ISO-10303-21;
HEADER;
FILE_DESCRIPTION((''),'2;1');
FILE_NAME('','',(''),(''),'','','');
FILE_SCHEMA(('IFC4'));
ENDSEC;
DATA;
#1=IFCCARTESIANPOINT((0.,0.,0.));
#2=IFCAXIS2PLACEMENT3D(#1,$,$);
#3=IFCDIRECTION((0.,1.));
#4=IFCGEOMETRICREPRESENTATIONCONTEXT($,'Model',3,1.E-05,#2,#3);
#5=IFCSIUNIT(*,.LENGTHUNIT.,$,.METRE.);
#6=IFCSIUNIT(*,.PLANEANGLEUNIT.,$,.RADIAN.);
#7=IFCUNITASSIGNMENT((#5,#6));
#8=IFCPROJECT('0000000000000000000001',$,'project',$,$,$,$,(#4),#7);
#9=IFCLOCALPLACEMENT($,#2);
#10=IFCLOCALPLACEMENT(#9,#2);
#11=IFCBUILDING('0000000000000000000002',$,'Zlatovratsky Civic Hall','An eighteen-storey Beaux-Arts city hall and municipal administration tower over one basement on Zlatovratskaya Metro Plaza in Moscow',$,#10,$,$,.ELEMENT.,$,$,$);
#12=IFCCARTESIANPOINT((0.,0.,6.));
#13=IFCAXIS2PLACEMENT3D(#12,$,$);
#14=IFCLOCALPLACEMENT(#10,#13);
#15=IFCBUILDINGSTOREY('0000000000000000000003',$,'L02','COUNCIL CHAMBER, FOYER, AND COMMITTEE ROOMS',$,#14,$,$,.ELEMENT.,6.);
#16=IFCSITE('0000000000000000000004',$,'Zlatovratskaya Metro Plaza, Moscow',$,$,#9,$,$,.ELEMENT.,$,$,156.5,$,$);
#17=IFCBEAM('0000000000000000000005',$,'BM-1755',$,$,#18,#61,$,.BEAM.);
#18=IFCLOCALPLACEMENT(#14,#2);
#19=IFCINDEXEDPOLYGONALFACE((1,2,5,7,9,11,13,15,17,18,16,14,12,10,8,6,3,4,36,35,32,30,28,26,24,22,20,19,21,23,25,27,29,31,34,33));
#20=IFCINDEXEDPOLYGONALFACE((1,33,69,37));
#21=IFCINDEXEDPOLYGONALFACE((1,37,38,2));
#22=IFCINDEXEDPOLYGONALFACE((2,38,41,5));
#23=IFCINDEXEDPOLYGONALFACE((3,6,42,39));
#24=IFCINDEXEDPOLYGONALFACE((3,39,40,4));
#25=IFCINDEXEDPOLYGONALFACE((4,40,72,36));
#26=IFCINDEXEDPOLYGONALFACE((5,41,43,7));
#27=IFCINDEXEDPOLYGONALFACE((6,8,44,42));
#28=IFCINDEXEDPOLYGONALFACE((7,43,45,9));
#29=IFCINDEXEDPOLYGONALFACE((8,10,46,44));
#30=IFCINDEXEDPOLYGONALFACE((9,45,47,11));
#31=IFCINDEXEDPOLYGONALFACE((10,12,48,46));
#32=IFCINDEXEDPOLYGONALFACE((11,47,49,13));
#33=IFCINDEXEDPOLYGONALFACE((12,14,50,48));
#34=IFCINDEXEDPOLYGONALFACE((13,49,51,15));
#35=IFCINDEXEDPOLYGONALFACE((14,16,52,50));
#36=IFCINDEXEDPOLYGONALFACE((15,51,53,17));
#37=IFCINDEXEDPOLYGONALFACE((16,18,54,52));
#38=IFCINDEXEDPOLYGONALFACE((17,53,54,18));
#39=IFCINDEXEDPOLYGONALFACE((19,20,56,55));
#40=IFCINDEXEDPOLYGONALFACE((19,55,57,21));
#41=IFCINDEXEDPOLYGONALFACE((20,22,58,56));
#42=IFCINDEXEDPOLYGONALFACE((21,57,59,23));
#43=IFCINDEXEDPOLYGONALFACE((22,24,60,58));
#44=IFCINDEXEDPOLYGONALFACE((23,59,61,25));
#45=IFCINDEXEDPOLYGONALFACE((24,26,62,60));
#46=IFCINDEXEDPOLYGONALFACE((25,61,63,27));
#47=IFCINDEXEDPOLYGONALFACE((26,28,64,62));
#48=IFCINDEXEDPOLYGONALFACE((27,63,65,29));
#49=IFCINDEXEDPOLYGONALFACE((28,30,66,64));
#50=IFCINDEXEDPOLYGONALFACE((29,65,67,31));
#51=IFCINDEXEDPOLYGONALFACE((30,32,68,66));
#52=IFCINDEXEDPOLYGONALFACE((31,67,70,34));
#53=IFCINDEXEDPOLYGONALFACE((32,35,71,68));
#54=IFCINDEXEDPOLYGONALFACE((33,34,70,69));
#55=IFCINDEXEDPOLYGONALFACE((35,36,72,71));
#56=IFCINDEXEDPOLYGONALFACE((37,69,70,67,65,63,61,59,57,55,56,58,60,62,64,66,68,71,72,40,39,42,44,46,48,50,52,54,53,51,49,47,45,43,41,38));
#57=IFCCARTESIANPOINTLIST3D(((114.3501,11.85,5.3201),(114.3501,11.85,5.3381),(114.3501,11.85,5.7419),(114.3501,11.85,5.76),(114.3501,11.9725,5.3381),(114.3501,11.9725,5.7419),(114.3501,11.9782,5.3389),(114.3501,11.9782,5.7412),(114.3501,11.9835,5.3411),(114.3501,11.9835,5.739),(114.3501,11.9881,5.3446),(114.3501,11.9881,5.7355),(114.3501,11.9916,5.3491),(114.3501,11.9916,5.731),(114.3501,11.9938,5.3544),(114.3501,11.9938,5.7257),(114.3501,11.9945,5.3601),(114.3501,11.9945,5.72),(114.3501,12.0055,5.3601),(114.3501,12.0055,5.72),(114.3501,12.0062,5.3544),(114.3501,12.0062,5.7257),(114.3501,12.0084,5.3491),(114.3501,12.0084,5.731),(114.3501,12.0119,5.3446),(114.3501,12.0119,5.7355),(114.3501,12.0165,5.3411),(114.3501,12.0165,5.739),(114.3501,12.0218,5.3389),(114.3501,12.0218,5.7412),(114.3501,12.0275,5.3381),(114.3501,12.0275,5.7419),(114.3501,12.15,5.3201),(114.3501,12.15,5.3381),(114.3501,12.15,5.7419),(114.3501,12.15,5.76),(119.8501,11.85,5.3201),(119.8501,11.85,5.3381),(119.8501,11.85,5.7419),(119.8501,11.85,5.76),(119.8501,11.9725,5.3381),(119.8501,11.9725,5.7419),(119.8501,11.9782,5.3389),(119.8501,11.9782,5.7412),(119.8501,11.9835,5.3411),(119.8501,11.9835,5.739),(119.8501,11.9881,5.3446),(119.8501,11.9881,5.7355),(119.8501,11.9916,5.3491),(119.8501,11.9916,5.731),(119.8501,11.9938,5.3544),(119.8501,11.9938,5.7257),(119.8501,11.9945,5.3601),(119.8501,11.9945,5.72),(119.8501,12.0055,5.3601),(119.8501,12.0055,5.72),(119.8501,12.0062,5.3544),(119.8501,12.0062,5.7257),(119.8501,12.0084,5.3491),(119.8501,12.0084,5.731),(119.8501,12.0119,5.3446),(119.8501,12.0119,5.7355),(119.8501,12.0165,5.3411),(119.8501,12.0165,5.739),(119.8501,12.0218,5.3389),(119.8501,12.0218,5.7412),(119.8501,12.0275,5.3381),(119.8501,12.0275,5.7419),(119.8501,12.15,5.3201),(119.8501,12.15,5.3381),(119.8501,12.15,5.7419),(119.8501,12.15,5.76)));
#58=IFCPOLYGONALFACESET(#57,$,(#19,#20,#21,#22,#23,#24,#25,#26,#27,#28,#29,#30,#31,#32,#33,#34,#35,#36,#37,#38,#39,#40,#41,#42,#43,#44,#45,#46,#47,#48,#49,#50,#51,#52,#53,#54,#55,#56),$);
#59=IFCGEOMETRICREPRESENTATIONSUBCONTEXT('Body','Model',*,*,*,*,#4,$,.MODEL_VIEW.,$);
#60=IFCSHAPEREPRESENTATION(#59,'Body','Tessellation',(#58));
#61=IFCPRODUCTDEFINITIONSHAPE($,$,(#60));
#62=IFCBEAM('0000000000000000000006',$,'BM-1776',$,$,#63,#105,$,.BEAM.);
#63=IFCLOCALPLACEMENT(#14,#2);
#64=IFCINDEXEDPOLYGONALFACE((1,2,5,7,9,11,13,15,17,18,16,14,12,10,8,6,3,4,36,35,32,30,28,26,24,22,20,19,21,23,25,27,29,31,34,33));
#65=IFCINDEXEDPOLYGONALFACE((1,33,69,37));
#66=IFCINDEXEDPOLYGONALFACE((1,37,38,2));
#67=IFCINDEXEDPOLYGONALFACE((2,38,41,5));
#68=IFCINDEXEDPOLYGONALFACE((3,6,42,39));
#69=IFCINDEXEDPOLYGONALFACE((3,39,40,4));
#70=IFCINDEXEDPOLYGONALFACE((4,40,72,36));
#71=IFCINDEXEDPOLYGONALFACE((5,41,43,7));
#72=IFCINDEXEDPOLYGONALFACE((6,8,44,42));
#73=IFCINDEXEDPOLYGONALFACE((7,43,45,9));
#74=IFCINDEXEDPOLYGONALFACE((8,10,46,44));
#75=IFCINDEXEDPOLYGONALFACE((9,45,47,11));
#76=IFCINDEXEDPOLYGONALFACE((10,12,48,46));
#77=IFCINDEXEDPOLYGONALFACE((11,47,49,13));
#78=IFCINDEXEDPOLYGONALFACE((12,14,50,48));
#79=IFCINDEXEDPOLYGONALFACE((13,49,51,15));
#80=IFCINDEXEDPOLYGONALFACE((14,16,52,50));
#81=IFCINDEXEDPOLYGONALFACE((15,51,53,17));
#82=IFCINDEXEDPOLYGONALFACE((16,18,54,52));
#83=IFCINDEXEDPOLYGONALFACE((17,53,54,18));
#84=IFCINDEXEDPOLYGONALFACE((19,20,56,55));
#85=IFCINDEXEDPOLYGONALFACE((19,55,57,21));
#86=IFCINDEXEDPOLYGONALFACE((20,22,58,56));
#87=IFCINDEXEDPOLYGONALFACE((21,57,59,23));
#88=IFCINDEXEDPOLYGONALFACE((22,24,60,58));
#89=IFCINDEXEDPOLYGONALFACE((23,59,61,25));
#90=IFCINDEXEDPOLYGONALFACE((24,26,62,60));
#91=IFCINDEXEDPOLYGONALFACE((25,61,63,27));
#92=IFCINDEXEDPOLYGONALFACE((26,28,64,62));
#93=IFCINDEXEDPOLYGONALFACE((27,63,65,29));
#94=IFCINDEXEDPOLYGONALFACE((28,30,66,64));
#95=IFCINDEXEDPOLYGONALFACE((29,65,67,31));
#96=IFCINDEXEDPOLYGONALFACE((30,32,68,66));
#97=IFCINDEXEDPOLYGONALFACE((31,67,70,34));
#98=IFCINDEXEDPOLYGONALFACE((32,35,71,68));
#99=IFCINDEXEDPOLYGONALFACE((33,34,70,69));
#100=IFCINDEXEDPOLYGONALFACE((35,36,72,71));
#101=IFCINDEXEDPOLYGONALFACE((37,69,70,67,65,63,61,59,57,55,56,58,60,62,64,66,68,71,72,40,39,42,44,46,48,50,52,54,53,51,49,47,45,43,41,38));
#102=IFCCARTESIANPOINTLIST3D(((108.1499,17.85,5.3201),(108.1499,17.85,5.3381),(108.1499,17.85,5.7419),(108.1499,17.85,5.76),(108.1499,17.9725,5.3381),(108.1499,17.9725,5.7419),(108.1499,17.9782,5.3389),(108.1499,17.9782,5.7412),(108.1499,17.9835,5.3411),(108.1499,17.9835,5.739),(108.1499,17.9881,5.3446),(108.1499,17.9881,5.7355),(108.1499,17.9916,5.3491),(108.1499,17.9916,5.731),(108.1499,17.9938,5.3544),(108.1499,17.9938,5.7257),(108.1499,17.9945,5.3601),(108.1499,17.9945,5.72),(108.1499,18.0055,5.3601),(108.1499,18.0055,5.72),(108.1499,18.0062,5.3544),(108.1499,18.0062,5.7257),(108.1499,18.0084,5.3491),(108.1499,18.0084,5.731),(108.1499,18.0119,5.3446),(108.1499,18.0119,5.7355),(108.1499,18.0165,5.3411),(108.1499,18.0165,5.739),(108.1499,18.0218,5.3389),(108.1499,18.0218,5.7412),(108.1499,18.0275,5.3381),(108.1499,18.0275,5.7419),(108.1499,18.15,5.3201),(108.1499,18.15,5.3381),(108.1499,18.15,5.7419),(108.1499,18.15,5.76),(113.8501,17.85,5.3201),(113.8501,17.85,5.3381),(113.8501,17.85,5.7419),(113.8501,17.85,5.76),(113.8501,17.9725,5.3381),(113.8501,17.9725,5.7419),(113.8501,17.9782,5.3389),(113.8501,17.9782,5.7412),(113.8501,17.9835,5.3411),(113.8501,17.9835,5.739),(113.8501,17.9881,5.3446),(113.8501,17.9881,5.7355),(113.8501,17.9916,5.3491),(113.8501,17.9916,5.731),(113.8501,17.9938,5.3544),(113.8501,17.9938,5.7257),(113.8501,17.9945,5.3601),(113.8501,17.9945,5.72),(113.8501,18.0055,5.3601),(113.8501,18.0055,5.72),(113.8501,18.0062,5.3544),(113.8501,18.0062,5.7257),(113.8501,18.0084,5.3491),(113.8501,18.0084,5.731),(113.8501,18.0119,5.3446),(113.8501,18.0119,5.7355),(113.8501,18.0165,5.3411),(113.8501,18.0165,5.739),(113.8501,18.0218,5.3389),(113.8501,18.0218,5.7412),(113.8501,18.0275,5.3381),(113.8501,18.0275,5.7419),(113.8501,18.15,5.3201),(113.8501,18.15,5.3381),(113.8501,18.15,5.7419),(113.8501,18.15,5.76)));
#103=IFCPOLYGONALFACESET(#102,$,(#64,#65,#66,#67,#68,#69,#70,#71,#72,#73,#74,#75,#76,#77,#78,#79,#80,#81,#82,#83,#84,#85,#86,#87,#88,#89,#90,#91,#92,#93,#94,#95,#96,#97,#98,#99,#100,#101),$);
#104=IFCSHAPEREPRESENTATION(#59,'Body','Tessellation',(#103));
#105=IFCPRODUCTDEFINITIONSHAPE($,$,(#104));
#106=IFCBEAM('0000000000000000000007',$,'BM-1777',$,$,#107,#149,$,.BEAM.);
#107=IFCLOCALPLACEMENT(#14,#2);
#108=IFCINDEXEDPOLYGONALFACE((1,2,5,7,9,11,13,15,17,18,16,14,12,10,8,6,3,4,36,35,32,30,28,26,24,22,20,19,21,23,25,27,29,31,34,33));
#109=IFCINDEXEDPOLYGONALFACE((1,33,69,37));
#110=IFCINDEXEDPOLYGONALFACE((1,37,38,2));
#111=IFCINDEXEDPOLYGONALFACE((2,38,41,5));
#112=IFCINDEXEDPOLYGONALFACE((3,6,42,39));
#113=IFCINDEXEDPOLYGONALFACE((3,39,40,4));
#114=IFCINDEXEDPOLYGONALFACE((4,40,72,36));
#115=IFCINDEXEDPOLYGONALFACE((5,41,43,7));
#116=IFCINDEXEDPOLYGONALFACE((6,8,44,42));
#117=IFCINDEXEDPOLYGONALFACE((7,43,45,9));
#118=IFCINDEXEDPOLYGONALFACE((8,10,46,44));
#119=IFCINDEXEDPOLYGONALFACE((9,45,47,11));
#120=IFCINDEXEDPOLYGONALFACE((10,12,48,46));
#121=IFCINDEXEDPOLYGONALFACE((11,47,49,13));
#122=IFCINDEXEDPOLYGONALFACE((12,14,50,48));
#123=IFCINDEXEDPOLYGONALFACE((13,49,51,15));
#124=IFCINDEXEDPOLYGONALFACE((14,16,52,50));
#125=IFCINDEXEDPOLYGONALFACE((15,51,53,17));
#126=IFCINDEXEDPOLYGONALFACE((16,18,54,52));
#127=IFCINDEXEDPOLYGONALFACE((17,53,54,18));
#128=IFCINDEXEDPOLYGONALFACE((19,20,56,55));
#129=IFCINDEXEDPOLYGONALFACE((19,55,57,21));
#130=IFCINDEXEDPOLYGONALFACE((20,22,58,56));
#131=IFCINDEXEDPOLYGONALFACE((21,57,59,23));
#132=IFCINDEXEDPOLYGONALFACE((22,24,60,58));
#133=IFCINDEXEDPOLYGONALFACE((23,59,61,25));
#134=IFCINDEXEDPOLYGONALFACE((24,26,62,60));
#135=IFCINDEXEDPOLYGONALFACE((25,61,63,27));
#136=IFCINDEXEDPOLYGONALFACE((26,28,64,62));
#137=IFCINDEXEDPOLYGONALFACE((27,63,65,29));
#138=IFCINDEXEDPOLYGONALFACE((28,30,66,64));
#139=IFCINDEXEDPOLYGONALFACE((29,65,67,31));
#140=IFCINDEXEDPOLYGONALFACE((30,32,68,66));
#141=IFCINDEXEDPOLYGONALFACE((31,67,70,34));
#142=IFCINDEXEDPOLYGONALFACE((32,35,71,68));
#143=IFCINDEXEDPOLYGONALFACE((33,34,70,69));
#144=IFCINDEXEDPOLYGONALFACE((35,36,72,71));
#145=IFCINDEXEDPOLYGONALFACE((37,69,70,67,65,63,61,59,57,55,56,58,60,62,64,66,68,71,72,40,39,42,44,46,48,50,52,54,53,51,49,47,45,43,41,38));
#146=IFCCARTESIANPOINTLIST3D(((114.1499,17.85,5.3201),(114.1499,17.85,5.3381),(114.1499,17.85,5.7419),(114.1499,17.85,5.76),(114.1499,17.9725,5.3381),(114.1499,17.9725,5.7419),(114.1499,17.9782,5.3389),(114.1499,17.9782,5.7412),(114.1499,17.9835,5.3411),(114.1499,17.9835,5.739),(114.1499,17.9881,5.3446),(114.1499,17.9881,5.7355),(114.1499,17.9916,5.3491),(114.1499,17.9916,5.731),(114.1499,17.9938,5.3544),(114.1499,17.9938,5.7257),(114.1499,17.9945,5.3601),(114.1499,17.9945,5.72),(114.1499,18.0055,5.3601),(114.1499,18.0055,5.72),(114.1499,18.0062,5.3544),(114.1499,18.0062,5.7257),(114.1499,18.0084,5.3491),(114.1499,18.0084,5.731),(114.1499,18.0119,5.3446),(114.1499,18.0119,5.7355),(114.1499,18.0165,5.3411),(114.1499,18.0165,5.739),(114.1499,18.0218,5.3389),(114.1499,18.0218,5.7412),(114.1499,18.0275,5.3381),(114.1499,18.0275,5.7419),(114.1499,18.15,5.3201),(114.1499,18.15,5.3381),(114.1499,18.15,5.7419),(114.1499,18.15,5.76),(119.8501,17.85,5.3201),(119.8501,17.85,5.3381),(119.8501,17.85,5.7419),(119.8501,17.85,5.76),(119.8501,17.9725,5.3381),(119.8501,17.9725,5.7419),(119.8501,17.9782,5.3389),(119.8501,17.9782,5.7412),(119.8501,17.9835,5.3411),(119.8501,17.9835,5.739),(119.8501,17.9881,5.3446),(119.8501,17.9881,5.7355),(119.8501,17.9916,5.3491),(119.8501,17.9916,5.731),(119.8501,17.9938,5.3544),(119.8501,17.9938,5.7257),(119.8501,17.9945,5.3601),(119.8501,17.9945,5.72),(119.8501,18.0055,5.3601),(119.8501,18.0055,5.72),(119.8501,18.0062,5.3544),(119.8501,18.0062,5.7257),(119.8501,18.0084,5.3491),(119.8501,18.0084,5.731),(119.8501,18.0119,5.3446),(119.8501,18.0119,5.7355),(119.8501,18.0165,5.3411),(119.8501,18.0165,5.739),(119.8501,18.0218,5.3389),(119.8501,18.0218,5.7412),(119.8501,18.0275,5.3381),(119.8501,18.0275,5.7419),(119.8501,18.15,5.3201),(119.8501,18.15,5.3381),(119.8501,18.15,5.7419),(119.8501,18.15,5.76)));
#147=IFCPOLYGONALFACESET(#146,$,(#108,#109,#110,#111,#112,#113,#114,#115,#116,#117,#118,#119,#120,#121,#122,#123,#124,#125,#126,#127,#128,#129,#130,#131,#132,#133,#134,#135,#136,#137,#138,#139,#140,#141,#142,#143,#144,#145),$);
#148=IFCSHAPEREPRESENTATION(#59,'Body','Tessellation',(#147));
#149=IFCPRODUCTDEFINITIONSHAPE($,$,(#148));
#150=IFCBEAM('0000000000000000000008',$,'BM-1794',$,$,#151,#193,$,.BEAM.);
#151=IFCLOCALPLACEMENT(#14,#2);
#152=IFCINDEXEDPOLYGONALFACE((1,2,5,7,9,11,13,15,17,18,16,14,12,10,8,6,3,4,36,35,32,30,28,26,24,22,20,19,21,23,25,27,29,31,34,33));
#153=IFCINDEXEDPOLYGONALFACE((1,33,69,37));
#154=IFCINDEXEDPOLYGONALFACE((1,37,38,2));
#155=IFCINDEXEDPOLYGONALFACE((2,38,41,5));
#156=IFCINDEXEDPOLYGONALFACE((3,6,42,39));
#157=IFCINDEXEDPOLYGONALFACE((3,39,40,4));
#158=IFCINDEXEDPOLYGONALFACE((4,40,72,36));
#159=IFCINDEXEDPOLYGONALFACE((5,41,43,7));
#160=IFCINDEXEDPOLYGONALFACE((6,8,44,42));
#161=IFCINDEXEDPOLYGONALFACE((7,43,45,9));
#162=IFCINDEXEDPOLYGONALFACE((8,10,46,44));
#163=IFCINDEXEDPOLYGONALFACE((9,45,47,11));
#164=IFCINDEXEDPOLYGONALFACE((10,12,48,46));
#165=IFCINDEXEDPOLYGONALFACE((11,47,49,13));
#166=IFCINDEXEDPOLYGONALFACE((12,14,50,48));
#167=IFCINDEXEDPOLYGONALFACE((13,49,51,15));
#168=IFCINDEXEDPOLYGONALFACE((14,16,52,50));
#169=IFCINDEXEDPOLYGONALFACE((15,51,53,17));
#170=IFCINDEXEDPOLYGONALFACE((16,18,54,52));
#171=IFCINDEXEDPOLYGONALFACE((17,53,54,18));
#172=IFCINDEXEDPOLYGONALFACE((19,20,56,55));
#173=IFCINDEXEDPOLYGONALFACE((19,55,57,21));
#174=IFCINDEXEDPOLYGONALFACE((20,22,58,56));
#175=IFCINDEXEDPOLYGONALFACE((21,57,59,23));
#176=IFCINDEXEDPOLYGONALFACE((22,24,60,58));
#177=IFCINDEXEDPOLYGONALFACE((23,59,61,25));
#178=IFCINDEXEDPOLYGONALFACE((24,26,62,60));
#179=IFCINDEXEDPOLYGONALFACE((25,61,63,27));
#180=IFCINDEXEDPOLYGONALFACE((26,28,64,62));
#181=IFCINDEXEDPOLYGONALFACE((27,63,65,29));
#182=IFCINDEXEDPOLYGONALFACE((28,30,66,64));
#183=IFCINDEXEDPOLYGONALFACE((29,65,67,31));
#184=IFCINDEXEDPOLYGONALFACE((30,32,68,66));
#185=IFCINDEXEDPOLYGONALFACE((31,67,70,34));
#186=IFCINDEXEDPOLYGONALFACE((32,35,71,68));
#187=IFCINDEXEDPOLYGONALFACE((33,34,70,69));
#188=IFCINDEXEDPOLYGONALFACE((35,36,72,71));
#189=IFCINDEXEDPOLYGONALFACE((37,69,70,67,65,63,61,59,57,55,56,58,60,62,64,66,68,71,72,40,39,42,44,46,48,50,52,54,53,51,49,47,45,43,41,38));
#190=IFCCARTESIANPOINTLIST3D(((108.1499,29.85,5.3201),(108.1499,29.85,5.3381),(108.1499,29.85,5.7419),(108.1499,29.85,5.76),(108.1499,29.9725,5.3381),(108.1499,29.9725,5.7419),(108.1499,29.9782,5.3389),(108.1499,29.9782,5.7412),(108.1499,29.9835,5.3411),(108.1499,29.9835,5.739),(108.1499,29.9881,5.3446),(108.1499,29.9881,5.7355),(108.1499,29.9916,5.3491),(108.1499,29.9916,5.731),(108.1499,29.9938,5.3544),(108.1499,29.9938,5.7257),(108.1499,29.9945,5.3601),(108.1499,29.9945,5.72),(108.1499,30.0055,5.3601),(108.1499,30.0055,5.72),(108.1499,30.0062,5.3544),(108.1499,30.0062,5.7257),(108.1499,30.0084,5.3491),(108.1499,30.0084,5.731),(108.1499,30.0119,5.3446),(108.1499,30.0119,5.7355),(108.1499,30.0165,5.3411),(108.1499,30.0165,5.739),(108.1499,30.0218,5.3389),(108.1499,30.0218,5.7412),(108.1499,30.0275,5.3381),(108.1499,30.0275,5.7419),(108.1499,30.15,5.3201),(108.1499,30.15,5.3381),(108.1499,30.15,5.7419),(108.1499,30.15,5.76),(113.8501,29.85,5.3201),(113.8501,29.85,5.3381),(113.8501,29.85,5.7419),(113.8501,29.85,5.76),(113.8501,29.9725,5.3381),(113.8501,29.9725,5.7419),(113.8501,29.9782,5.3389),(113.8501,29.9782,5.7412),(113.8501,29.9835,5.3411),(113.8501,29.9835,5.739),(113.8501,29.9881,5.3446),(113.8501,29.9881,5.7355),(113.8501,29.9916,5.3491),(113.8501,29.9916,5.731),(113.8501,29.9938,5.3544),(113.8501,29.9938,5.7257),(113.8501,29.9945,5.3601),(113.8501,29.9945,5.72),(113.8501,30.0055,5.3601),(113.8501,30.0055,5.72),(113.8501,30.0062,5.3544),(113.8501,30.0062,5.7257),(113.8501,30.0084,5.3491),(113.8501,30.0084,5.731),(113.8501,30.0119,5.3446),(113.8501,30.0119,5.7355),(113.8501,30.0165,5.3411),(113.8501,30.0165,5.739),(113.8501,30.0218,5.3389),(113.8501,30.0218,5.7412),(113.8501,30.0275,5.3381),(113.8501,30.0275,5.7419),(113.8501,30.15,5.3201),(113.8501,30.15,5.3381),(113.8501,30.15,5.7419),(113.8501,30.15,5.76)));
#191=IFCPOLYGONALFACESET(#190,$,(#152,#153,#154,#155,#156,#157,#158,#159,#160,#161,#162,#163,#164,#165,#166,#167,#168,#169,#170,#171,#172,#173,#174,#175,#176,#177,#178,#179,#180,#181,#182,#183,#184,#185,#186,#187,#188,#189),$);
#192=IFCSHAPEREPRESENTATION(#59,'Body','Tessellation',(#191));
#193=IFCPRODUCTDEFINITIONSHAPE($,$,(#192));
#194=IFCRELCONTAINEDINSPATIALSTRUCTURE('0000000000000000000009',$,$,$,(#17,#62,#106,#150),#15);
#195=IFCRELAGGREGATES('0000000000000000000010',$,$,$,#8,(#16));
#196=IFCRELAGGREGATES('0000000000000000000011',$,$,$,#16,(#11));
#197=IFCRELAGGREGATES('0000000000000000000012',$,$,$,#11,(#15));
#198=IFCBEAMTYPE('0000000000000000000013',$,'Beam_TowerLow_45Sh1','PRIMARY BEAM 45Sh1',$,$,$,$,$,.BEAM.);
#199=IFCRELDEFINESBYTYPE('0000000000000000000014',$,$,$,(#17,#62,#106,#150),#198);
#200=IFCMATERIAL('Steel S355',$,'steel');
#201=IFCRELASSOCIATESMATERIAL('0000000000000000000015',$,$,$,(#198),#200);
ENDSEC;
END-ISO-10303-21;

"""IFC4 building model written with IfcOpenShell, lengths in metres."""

from ifc_helpers import new_model, si_unit, direction, frame, origin, origin_2d, place, context, subcontext, project, spatial, i_section, extrude, material, material_profile, profile_set, type_object, element, save


model = new_model("IFC4")

# Units and contexts
model_context = context("Model", 3, precision=1e-05, world=origin(), true_north=direction((0.0, 1.0)))
body_context = subcontext(model_context, "Body", "Model", "MODEL_VIEW")
ifc_project = project(units=[si_unit("LENGTHUNIT", "METRE"), si_unit("PLANEANGLEUNIT", "RADIAN")], contexts=[model_context])

# Site, building, storey
site_placement = place(None, origin())
site = spatial("IfcSite", under=ifc_project, at=site_placement, Name="Zlatovratskaya Metro Plaza, Moscow", CompositionType="ELEMENT", RefElevation=156.5)
building_placement = place(site_placement, origin())
building = spatial("IfcBuilding", under=site, at=building_placement, Name="Zlatovratsky Civic Hall", Description="An eighteen-storey Beaux-Arts city hall and municipal administration tower over one basement on Zlatovratskaya Metro Plaza in Moscow", CompositionType="ELEMENT")
storey_placement = place(building_placement, frame((0.0, 0.0, 6.0)))
storey = spatial("IfcBuildingStorey", under=building, at=storey_placement, Name="L02", Description="COUNCIL CHAMBER, FOYER, AND COMMITTEE ROOMS", CompositionType="ELEMENT", Elevation=6.0)

# Shared definitions
ifc_material_1 = material(Name="Steel S355", Category="steel")

# Beams
ifc_material_profile_1 = material_profile(ifc_material_1, i_section(OverallWidth=0.3, OverallDepth=0.4399, WebThickness=0.011, FlangeThickness=0.0181, FilletRadius=0.022, at=origin_2d()), Name="45Sh1")
ifc_profile_set_1 = profile_set([ifc_material_profile_1], Name="Steel S355")
beam_type_1 = type_object("IfcBeamType", Name="Beam_TowerLow_45Sh1", Description="PRIMARY BEAM 45Sh1", PredefinedType="BEAM", material=ifc_profile_set_1)
beam_1_placement = place(storey_placement, frame((114.3501, 12.0, 5.54), z_axis=(1.0, 0.0, 0.0), x_axis=(0.0, 1.0, 0.0)))
element("IfcBeam", 1, at=beam_1_placement, inside=storey, type_object=beam_type_1, Name="BM-1755", PredefinedType="BEAM", context=body_context, shape_type="SweptSolid", body=[
    extrude(i_section(OverallWidth=0.3, OverallDepth=0.4399, WebThickness=0.011, FlangeThickness=0.0181, FilletRadius=0.022, at=origin_2d()), origin(), (0.0, 0.0, 1.0), 5.5),
])
for number, where, z_axis, x_axis, name in (
    (2, (108.1499, 18.0, 5.54), (1.0, 0.0, 0.0), (0.0, 1.0, 0.0), "BM-1776"),
    (3, (114.1499, 18.0, 5.54), (1.0, 0.0, 0.0), (0.0, 1.0, 0.0), "BM-1777"),
    (4, (108.1499, 30.0, 5.54), (1.0, 0.0, 0.0), (0.0, 1.0, 0.0), "BM-1794"),
):
    element("IfcBeam", number, at=place(storey_placement, frame(where, z_axis=z_axis, x_axis=x_axis)), inside=storey, type_object=beam_type_1, Name=name, PredefinedType="BEAM", context=body_context, shape_type="SweptSolid", body=[
        extrude(i_section(OverallWidth=0.3, OverallDepth=0.4399, WebThickness=0.011, FlangeThickness=0.0181, FilletRadius=0.022, at=origin_2d()), origin(), (0.0, 0.0, 1.0), 5.7002),
    ])

save(model, "model.ifc")
